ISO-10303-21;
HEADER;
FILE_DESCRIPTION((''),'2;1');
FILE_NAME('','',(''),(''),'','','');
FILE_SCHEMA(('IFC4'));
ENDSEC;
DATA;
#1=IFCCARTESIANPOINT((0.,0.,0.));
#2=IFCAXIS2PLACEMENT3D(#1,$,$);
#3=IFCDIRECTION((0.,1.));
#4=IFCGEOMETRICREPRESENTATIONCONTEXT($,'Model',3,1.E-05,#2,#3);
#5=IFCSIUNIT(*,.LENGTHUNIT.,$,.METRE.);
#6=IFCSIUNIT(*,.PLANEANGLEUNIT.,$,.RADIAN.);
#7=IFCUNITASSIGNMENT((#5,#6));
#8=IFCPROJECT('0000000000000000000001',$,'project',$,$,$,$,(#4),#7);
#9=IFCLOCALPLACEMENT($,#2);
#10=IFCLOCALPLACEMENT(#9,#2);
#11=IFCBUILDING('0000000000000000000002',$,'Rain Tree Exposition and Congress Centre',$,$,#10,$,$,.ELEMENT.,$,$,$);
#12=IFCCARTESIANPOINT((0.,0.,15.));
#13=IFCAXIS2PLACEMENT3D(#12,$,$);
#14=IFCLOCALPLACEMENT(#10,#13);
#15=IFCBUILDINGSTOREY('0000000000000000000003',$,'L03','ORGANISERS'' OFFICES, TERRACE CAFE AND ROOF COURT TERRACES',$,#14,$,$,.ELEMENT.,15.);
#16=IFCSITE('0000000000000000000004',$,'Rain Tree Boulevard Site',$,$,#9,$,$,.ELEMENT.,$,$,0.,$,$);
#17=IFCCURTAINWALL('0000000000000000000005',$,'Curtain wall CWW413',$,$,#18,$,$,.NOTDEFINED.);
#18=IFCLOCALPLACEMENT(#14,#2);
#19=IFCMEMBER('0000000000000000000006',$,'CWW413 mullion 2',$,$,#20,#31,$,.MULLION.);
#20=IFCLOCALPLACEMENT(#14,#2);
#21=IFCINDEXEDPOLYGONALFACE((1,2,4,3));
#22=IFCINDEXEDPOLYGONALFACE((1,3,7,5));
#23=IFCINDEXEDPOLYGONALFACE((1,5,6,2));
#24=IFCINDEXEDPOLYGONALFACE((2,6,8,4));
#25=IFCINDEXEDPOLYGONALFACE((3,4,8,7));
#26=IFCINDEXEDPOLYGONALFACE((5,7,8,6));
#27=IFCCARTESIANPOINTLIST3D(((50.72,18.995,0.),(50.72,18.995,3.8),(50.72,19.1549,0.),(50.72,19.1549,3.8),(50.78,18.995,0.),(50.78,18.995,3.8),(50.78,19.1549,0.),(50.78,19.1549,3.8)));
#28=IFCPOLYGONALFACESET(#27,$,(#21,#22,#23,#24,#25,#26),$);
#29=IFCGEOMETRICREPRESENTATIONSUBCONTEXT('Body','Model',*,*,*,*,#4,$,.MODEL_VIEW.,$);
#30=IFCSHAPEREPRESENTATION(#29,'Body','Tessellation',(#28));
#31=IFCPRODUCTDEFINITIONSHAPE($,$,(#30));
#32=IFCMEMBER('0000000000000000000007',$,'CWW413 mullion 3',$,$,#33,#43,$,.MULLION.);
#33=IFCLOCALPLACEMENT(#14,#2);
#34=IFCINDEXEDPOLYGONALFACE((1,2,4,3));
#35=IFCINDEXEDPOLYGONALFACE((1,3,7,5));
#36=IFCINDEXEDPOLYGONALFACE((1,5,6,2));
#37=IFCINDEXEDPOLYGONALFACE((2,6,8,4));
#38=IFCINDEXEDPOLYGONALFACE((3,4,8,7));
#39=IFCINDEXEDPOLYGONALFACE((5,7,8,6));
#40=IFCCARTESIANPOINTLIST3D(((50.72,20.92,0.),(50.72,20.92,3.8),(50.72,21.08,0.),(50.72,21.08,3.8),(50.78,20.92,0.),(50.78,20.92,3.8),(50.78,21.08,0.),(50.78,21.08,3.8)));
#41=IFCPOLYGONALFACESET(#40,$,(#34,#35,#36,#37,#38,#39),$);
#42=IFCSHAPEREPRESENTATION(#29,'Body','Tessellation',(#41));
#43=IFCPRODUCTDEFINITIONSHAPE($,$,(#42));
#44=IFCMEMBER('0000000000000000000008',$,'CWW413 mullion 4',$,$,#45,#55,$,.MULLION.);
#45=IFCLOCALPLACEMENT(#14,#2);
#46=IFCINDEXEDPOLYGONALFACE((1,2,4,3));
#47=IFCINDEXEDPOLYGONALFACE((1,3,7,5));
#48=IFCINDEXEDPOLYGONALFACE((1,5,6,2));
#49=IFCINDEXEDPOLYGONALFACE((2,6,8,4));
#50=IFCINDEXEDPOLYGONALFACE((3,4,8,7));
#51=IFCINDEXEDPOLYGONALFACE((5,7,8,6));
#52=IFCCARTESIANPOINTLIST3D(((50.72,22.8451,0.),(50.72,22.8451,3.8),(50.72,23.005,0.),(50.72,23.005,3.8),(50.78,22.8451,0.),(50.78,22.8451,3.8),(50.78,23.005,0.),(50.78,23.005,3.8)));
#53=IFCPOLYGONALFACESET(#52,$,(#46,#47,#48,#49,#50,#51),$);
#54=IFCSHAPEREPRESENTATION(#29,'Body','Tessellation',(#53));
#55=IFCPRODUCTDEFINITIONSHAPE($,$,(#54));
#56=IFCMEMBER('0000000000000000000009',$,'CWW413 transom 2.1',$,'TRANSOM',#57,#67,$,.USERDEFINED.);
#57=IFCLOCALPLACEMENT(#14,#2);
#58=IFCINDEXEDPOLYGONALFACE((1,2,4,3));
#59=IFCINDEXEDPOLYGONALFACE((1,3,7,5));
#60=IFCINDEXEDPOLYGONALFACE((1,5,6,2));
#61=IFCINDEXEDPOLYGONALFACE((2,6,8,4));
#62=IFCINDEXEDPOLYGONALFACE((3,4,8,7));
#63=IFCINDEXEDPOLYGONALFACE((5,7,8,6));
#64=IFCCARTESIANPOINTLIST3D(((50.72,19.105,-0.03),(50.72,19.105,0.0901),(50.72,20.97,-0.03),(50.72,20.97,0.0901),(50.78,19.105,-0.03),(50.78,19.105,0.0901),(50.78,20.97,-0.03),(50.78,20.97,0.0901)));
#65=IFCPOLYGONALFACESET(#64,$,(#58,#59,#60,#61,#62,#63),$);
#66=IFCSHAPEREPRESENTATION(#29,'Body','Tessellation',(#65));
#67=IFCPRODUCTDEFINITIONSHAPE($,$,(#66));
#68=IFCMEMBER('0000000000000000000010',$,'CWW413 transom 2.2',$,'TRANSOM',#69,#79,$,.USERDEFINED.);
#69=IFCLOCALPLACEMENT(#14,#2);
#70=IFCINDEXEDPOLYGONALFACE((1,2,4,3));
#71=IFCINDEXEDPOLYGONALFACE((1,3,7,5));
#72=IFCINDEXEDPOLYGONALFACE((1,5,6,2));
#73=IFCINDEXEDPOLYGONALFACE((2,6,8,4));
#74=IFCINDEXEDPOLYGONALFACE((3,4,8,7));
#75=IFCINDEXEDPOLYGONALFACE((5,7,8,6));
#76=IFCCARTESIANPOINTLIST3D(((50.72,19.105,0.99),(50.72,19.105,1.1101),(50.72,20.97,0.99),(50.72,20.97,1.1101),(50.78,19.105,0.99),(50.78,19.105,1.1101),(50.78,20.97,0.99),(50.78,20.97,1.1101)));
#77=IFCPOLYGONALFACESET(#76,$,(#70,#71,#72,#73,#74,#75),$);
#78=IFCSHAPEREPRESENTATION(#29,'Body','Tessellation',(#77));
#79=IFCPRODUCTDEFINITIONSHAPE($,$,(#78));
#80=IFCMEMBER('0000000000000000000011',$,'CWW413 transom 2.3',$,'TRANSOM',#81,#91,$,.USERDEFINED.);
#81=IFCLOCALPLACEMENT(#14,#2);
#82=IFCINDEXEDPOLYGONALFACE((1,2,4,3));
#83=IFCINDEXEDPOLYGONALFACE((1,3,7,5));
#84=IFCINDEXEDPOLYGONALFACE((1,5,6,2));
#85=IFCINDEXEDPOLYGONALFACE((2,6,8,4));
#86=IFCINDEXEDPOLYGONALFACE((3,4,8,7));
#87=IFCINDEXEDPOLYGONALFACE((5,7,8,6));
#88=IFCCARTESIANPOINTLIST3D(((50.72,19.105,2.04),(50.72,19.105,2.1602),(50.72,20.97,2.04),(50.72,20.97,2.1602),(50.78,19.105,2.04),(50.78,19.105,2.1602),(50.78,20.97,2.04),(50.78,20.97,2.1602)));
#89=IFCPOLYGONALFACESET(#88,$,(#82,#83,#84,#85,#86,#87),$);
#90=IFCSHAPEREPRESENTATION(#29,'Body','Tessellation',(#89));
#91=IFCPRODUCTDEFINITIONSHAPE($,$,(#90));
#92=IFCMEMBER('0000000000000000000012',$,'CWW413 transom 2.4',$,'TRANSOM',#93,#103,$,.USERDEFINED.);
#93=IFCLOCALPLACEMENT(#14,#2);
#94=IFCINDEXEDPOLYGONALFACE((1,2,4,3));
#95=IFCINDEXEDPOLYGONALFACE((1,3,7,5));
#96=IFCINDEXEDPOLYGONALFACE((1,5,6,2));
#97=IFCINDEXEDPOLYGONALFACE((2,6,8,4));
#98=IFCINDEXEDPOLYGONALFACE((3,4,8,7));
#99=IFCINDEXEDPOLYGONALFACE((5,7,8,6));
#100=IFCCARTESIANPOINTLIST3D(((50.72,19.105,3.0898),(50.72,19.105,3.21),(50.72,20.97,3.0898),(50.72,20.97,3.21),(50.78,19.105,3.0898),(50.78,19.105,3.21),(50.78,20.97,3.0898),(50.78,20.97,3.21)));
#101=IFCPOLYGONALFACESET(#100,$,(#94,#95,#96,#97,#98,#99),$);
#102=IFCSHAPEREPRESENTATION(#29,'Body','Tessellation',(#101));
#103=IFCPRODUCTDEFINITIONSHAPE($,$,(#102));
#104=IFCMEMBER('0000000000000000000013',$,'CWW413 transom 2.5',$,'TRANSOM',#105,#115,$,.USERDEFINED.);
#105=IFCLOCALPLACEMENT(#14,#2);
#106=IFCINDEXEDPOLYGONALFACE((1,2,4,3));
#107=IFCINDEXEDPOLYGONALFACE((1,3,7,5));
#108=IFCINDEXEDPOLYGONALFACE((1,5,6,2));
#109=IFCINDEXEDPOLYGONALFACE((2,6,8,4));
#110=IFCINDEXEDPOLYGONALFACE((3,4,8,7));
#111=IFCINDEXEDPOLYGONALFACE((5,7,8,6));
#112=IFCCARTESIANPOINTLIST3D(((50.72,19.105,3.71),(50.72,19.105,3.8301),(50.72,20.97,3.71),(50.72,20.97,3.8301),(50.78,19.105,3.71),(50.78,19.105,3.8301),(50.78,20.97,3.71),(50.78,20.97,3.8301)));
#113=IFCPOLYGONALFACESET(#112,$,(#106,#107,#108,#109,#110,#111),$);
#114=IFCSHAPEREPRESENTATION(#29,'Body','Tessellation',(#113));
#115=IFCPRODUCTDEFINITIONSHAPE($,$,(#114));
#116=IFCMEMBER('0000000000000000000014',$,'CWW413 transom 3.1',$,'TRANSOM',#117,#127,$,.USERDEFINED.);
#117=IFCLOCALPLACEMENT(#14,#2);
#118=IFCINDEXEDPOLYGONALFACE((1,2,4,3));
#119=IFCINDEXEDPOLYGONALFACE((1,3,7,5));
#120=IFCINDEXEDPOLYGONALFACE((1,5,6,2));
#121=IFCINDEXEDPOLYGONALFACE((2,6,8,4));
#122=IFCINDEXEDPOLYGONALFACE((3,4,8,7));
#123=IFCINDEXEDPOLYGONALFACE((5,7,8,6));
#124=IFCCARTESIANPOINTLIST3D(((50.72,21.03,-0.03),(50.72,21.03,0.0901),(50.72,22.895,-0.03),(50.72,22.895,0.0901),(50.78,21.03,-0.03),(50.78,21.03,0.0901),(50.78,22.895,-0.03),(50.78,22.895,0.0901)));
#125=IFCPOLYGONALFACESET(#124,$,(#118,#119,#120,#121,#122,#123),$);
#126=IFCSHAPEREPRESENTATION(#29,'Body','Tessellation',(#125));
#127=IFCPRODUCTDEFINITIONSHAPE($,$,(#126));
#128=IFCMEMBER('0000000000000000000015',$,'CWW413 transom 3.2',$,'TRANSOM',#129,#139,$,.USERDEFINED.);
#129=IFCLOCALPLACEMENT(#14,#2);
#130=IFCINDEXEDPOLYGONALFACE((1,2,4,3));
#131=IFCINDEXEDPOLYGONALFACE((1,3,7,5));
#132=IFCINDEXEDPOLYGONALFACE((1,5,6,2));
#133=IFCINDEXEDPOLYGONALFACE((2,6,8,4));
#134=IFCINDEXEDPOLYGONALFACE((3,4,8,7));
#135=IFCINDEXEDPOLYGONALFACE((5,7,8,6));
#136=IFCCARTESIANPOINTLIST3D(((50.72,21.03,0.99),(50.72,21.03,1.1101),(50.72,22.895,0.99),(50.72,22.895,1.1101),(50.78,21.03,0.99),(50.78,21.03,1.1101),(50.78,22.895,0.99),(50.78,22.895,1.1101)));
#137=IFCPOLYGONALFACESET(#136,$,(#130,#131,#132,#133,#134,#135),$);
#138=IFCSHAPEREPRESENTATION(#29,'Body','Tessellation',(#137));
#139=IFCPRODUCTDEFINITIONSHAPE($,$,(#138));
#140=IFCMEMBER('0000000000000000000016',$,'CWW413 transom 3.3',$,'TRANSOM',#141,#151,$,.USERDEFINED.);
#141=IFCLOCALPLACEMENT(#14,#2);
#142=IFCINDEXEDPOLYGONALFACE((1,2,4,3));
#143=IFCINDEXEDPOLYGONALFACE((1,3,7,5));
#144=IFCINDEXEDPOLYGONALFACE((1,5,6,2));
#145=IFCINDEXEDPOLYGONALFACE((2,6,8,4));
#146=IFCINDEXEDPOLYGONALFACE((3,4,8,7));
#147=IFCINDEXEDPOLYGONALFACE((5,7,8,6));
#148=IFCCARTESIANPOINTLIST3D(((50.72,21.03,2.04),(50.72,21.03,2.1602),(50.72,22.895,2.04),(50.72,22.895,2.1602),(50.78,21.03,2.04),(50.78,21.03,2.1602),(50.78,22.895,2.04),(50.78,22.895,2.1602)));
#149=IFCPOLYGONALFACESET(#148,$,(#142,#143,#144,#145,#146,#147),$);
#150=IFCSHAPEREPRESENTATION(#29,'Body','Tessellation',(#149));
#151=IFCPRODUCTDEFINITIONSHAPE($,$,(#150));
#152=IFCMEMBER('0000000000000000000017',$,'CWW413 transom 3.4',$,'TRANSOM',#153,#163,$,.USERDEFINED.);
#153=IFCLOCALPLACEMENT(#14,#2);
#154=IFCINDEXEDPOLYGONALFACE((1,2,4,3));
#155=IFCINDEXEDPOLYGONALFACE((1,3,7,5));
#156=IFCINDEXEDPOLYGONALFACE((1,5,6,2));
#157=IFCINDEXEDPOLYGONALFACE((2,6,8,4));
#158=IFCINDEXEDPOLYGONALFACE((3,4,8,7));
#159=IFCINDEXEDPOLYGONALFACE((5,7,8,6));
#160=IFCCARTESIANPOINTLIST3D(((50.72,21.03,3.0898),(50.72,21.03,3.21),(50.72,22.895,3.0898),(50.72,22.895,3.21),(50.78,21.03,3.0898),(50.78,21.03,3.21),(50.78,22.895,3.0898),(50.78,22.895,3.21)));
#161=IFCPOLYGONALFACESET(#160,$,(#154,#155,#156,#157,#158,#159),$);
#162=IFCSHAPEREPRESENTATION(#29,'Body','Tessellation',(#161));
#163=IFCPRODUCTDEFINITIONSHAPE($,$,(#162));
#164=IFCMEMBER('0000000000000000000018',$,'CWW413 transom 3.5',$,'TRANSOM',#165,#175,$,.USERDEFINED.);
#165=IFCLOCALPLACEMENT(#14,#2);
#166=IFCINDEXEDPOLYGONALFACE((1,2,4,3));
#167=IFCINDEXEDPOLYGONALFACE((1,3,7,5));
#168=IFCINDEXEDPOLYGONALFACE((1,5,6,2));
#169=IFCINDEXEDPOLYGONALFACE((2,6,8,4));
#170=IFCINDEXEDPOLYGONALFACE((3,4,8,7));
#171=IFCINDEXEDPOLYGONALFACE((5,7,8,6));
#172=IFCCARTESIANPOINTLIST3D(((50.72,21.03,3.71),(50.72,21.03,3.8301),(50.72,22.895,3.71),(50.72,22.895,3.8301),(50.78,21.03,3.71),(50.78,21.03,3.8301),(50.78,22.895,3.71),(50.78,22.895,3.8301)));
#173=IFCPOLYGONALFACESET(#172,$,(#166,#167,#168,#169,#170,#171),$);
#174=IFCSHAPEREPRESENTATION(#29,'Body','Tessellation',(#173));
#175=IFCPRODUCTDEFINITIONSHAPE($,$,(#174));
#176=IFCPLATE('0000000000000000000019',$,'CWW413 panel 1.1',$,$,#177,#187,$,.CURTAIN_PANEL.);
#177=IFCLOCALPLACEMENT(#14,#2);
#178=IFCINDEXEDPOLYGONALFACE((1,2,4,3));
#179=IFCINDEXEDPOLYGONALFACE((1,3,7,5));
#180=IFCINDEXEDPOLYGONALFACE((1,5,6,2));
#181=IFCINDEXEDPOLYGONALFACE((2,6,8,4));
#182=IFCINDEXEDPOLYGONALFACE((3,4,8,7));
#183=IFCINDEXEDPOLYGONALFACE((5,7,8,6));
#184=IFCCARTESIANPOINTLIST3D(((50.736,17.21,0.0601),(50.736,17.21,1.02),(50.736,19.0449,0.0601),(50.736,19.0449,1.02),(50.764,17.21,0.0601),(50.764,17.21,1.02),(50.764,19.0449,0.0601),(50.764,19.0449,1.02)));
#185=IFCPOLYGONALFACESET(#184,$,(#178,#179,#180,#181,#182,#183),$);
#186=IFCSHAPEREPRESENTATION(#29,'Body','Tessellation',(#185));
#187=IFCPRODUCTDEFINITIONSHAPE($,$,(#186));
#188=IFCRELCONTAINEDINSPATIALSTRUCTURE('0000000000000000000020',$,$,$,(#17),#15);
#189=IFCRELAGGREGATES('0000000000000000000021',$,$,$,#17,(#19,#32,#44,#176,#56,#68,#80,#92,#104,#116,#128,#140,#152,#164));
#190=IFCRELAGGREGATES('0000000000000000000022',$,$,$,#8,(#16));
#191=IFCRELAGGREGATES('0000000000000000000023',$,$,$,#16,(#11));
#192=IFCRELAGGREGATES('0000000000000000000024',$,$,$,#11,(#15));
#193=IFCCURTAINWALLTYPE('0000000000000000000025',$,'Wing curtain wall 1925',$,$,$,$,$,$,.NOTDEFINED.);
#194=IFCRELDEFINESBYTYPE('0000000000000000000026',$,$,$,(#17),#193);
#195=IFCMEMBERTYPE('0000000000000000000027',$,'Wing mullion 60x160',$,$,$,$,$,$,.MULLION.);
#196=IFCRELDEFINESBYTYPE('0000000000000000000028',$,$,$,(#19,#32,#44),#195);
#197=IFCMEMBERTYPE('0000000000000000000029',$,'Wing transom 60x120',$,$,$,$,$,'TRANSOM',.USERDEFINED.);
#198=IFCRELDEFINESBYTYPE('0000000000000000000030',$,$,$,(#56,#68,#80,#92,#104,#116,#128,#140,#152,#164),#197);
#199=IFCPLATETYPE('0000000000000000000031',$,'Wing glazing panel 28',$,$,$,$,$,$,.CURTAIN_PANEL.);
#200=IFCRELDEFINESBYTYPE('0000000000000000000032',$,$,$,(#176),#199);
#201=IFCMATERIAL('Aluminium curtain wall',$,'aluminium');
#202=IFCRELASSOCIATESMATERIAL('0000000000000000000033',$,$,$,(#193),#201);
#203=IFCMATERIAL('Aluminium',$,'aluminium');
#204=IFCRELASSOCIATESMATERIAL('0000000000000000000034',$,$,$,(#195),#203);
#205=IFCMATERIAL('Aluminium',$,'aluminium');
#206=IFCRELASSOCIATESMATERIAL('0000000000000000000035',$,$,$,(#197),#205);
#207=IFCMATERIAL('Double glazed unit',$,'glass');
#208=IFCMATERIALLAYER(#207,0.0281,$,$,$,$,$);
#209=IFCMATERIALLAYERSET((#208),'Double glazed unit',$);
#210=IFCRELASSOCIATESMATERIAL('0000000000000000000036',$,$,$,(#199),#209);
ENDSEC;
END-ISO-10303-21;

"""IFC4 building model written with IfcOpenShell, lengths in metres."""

from ifc_helpers import new_model, si_unit, direction, frame, origin, origin_2d, place, context, subcontext, project, spatial, rectangle, extrude, material, layer, layer_set, material_profile, profile_set, type_object, element, aggregate, save


model = new_model("IFC4")

# Units and contexts
model_context = context("Model", 3, precision=1e-05, world=origin(), true_north=direction((0.0, 1.0)))
body_context = subcontext(model_context, "Body", "Model", "MODEL_VIEW")
ifc_project = project(units=[si_unit("LENGTHUNIT", "METRE"), si_unit("PLANEANGLEUNIT", "RADIAN")], contexts=[model_context])

# Site, building, storey
site_placement = place(None, origin())
site = spatial("IfcSite", under=ifc_project, at=site_placement, Name="Rain Tree Boulevard Site", CompositionType="ELEMENT", RefElevation=0.0)
building_placement = place(site_placement, origin())
building = spatial("IfcBuilding", under=site, at=building_placement, Name="Rain Tree Exposition and Congress Centre", CompositionType="ELEMENT")
storey_placement = place(building_placement, frame((0.0, 0.0, 15.0)))
storey = spatial("IfcBuildingStorey", under=building, at=storey_placement, Name="L03", Description="ORGANISERS' OFFICES, TERRACE CAFE AND ROOF COURT TERRACES", CompositionType="ELEMENT", Elevation=15.0)

# Curtain wall, members, plate
ifc_material_1 = material(Name="Aluminium curtain wall", Category="aluminium")
curtain_wall_type = type_object("IfcCurtainWallType", Name="Wing curtain wall 1925", PredefinedType="NOTDEFINED", material=ifc_material_1)
curtain_wall_placement = place(storey_placement, origin())
curtain_wall = element("IfcCurtainWall", 1, at=curtain_wall_placement, inside=storey, type_object=curtain_wall_type, Name="Curtain wall CWW413", PredefinedType="NOTDEFINED")
ifc_material_2 = material(Name="Aluminium", Category="aluminium")
ifc_material_profile_1 = material_profile(ifc_material_2, rectangle(XDim=0.0601, YDim=0.1599, at=origin_2d()), Name="Aluminium 60x160")
ifc_profile_set_1 = profile_set([ifc_material_profile_1], Name="Aluminium")
member_type_1 = type_object("IfcMemberType", Name="Wing mullion 60x160", PredefinedType="MULLION", material=ifc_profile_set_1)
member_1_placement = place(storey_placement, frame((50.75, 19.075, 0.0), z_axis=(0.0, 0.0, 1.0), x_axis=(-1.0, 0.0, 0.0)))
member_1 = element("IfcMember", 2, at=member_1_placement, type_object=member_type_1, Name="CWW413 mullion 2", PredefinedType="MULLION", context=body_context, shape_type="SweptSolid", body=[
    extrude(rectangle(XDim=0.0601, YDim=0.1599, at=origin_2d()), origin(), (0.0, 0.0, 1.0), 3.8),
])
member_2_placement = place(storey_placement, frame((50.75, 21.0, 0.0), z_axis=(0.0, 0.0, 1.0), x_axis=(-1.0, 0.0, 0.0)))
member_2 = element("IfcMember", 3, at=member_2_placement, type_object=member_type_1, Name="CWW413 mullion 3", PredefinedType="MULLION", context=body_context, shape_type="SweptSolid", body=[
    extrude(rectangle(XDim=0.0601, YDim=0.1599, at=origin_2d()), origin(), (0.0, 0.0, 1.0), 3.8),
])
member_3_placement = place(storey_placement, frame((50.75, 22.925, 0.0), z_axis=(0.0, 0.0, 1.0), x_axis=(-1.0, 0.0, 0.0)))
member_3 = element("IfcMember", 4, at=member_3_placement, type_object=member_type_1, Name="CWW413 mullion 4", PredefinedType="MULLION", context=body_context, shape_type="SweptSolid", body=[
    extrude(rectangle(XDim=0.0601, YDim=0.1599, at=origin_2d()), origin(), (0.0, 0.0, 1.0), 3.8),
])
ifc_material_3 = material(Name="Aluminium", Category="aluminium")
ifc_material_profile_2 = material_profile(ifc_material_3, rectangle(XDim=0.0601, YDim=0.1201, at=origin_2d()), Name="Aluminium 60x120")
ifc_profile_set_2 = profile_set([ifc_material_profile_2], Name="Aluminium")
member_type_2 = type_object("IfcMemberType", Name="Wing transom 60x120", ElementType="TRANSOM", PredefinedType="USERDEFINED", material=ifc_profile_set_2)
member_4_placement = place(storey_placement, frame((50.75, 19.105, 0.03), z_axis=(0.0, 1.0, 0.0), x_axis=(-1.0, 0.0, 0.0)))
member_4 = element("IfcMember", 5, at=member_4_placement, type_object=member_type_2, Name="CWW413 transom 2.1", ObjectType="TRANSOM", PredefinedType="USERDEFINED", context=body_context, shape_type="SweptSolid", body=[
    extrude(rectangle(XDim=0.0601, YDim=0.1201, at=origin_2d()), origin(), (0.0, 0.0, 1.0), 1.865),
])
member_5_placement = place(storey_placement, frame((50.75, 19.105, 1.05), z_axis=(0.0, 1.0, 0.0), x_axis=(-1.0, 0.0, 0.0)))
member_5 = element("IfcMember", 6, at=member_5_placement, type_object=member_type_2, Name="CWW413 transom 2.2", ObjectType="TRANSOM", PredefinedType="USERDEFINED", context=body_context, shape_type="SweptSolid", body=[
    extrude(rectangle(XDim=0.0601, YDim=0.1201, at=origin_2d()), origin(), (0.0, 0.0, 1.0), 1.865),
])
member_6_placement = place(storey_placement, frame((50.75, 19.105, 2.1001), z_axis=(0.0, 1.0, 0.0), x_axis=(-1.0, 0.0, 0.0)))
member_6 = element("IfcMember", 7, at=member_6_placement, type_object=member_type_2, Name="CWW413 transom 2.3", ObjectType="TRANSOM", PredefinedType="USERDEFINED", context=body_context, shape_type="SweptSolid", body=[
    extrude(rectangle(XDim=0.0601, YDim=0.1201, at=origin_2d()), origin(), (0.0, 0.0, 1.0), 1.865),
])
member_7_placement = place(storey_placement, frame((50.75, 19.105, 3.1499), z_axis=(0.0, 1.0, 0.0), x_axis=(-1.0, 0.0, 0.0)))
member_7 = element("IfcMember", 8, at=member_7_placement, type_object=member_type_2, Name="CWW413 transom 2.4", ObjectType="TRANSOM", PredefinedType="USERDEFINED", context=body_context, shape_type="SweptSolid", body=[
    extrude(rectangle(XDim=0.0601, YDim=0.1201, at=origin_2d()), origin(), (0.0, 0.0, 1.0), 1.865),
])
member_8_placement = place(storey_placement, frame((50.75, 19.105, 3.77), z_axis=(0.0, 1.0, 0.0), x_axis=(-1.0, 0.0, 0.0)))
member_8 = element("IfcMember", 9, at=member_8_placement, type_object=member_type_2, Name="CWW413 transom 2.5", ObjectType="TRANSOM", PredefinedType="USERDEFINED", context=body_context, shape_type="SweptSolid", body=[
    extrude(rectangle(XDim=0.0601, YDim=0.1201, at=origin_2d()), origin(), (0.0, 0.0, 1.0), 1.865),
])
member_9_placement = place(storey_placement, frame((50.75, 21.03, 0.03), z_axis=(0.0, 1.0, 0.0), x_axis=(-1.0, 0.0, 0.0)))
member_9 = element("IfcMember", 10, at=member_9_placement, type_object=member_type_2, Name="CWW413 transom 3.1", ObjectType="TRANSOM", PredefinedType="USERDEFINED", context=body_context, shape_type="SweptSolid", body=[
    extrude(rectangle(XDim=0.0601, YDim=0.1201, at=origin_2d()), origin(), (0.0, 0.0, 1.0), 1.865),
])
member_10_placement = place(storey_placement, frame((50.75, 21.03, 1.05), z_axis=(0.0, 1.0, 0.0), x_axis=(-1.0, 0.0, 0.0)))
member_10 = element("IfcMember", 11, at=member_10_placement, type_object=member_type_2, Name="CWW413 transom 3.2", ObjectType="TRANSOM", PredefinedType="USERDEFINED", context=body_context, shape_type="SweptSolid", body=[
    extrude(rectangle(XDim=0.0601, YDim=0.1201, at=origin_2d()), origin(), (0.0, 0.0, 1.0), 1.865),
])
member_11_placement = place(storey_placement, frame((50.75, 21.03, 2.1001), z_axis=(0.0, 1.0, 0.0), x_axis=(-1.0, 0.0, 0.0)))
member_11 = element("IfcMember", 12, at=member_11_placement, type_object=member_type_2, Name="CWW413 transom 3.3", ObjectType="TRANSOM", PredefinedType="USERDEFINED", context=body_context, shape_type="SweptSolid", body=[
    extrude(rectangle(XDim=0.0601, YDim=0.1201, at=origin_2d()), origin(), (0.0, 0.0, 1.0), 1.865),
])
member_12_placement = place(storey_placement, frame((50.75, 21.03, 3.1499), z_axis=(0.0, 1.0, 0.0), x_axis=(-1.0, 0.0, 0.0)))
member_12 = element("IfcMember", 13, at=member_12_placement, type_object=member_type_2, Name="CWW413 transom 3.4", ObjectType="TRANSOM", PredefinedType="USERDEFINED", context=body_context, shape_type="SweptSolid", body=[
    extrude(rectangle(XDim=0.0601, YDim=0.1201, at=origin_2d()), origin(), (0.0, 0.0, 1.0), 1.865),
])
member_13_placement = place(storey_placement, frame((50.75, 21.03, 3.77), z_axis=(0.0, 1.0, 0.0), x_axis=(-1.0, 0.0, 0.0)))
member_13 = element("IfcMember", 14, at=member_13_placement, type_object=member_type_2, Name="CWW413 transom 3.5", ObjectType="TRANSOM", PredefinedType="USERDEFINED", context=body_context, shape_type="SweptSolid", body=[
    extrude(rectangle(XDim=0.0601, YDim=0.1201, at=origin_2d()), origin(), (0.0, 0.0, 1.0), 1.865),
])
ifc_material_4 = material(Name="Double glazed unit", Category="glass")
ifc_layer = layer(ifc_material_4, 0.0281)
ifc_layer_set = layer_set([ifc_layer], Name="Double glazed unit")
plate_type = type_object("IfcPlateType", Name="Wing glazing panel 28", PredefinedType="CURTAIN_PANEL", material=ifc_layer_set)
plate_1_placement = place(storey_placement, frame((50.75, 18.1274, 0.0601), z_axis=(0.0, 0.0, 1.0), x_axis=(0.0, 1.0, 0.0)))
plate_1 = element("IfcPlate", 15, at=plate_1_placement, type_object=plate_type, Name="CWW413 panel 1.1", PredefinedType="CURTAIN_PANEL", context=body_context, shape_type="SweptSolid", body=[
    extrude(rectangle(XDim=1.835, YDim=0.0281, at=origin_2d()), origin(), (0.0, 0.0, 1.0), 0.96),
])
aggregate(curtain_wall, [member_1, member_2, member_3, plate_1, member_4, member_5, member_6, member_7, member_8, member_9, member_10, member_11, member_12, member_13])

save(model, "model.ifc")
